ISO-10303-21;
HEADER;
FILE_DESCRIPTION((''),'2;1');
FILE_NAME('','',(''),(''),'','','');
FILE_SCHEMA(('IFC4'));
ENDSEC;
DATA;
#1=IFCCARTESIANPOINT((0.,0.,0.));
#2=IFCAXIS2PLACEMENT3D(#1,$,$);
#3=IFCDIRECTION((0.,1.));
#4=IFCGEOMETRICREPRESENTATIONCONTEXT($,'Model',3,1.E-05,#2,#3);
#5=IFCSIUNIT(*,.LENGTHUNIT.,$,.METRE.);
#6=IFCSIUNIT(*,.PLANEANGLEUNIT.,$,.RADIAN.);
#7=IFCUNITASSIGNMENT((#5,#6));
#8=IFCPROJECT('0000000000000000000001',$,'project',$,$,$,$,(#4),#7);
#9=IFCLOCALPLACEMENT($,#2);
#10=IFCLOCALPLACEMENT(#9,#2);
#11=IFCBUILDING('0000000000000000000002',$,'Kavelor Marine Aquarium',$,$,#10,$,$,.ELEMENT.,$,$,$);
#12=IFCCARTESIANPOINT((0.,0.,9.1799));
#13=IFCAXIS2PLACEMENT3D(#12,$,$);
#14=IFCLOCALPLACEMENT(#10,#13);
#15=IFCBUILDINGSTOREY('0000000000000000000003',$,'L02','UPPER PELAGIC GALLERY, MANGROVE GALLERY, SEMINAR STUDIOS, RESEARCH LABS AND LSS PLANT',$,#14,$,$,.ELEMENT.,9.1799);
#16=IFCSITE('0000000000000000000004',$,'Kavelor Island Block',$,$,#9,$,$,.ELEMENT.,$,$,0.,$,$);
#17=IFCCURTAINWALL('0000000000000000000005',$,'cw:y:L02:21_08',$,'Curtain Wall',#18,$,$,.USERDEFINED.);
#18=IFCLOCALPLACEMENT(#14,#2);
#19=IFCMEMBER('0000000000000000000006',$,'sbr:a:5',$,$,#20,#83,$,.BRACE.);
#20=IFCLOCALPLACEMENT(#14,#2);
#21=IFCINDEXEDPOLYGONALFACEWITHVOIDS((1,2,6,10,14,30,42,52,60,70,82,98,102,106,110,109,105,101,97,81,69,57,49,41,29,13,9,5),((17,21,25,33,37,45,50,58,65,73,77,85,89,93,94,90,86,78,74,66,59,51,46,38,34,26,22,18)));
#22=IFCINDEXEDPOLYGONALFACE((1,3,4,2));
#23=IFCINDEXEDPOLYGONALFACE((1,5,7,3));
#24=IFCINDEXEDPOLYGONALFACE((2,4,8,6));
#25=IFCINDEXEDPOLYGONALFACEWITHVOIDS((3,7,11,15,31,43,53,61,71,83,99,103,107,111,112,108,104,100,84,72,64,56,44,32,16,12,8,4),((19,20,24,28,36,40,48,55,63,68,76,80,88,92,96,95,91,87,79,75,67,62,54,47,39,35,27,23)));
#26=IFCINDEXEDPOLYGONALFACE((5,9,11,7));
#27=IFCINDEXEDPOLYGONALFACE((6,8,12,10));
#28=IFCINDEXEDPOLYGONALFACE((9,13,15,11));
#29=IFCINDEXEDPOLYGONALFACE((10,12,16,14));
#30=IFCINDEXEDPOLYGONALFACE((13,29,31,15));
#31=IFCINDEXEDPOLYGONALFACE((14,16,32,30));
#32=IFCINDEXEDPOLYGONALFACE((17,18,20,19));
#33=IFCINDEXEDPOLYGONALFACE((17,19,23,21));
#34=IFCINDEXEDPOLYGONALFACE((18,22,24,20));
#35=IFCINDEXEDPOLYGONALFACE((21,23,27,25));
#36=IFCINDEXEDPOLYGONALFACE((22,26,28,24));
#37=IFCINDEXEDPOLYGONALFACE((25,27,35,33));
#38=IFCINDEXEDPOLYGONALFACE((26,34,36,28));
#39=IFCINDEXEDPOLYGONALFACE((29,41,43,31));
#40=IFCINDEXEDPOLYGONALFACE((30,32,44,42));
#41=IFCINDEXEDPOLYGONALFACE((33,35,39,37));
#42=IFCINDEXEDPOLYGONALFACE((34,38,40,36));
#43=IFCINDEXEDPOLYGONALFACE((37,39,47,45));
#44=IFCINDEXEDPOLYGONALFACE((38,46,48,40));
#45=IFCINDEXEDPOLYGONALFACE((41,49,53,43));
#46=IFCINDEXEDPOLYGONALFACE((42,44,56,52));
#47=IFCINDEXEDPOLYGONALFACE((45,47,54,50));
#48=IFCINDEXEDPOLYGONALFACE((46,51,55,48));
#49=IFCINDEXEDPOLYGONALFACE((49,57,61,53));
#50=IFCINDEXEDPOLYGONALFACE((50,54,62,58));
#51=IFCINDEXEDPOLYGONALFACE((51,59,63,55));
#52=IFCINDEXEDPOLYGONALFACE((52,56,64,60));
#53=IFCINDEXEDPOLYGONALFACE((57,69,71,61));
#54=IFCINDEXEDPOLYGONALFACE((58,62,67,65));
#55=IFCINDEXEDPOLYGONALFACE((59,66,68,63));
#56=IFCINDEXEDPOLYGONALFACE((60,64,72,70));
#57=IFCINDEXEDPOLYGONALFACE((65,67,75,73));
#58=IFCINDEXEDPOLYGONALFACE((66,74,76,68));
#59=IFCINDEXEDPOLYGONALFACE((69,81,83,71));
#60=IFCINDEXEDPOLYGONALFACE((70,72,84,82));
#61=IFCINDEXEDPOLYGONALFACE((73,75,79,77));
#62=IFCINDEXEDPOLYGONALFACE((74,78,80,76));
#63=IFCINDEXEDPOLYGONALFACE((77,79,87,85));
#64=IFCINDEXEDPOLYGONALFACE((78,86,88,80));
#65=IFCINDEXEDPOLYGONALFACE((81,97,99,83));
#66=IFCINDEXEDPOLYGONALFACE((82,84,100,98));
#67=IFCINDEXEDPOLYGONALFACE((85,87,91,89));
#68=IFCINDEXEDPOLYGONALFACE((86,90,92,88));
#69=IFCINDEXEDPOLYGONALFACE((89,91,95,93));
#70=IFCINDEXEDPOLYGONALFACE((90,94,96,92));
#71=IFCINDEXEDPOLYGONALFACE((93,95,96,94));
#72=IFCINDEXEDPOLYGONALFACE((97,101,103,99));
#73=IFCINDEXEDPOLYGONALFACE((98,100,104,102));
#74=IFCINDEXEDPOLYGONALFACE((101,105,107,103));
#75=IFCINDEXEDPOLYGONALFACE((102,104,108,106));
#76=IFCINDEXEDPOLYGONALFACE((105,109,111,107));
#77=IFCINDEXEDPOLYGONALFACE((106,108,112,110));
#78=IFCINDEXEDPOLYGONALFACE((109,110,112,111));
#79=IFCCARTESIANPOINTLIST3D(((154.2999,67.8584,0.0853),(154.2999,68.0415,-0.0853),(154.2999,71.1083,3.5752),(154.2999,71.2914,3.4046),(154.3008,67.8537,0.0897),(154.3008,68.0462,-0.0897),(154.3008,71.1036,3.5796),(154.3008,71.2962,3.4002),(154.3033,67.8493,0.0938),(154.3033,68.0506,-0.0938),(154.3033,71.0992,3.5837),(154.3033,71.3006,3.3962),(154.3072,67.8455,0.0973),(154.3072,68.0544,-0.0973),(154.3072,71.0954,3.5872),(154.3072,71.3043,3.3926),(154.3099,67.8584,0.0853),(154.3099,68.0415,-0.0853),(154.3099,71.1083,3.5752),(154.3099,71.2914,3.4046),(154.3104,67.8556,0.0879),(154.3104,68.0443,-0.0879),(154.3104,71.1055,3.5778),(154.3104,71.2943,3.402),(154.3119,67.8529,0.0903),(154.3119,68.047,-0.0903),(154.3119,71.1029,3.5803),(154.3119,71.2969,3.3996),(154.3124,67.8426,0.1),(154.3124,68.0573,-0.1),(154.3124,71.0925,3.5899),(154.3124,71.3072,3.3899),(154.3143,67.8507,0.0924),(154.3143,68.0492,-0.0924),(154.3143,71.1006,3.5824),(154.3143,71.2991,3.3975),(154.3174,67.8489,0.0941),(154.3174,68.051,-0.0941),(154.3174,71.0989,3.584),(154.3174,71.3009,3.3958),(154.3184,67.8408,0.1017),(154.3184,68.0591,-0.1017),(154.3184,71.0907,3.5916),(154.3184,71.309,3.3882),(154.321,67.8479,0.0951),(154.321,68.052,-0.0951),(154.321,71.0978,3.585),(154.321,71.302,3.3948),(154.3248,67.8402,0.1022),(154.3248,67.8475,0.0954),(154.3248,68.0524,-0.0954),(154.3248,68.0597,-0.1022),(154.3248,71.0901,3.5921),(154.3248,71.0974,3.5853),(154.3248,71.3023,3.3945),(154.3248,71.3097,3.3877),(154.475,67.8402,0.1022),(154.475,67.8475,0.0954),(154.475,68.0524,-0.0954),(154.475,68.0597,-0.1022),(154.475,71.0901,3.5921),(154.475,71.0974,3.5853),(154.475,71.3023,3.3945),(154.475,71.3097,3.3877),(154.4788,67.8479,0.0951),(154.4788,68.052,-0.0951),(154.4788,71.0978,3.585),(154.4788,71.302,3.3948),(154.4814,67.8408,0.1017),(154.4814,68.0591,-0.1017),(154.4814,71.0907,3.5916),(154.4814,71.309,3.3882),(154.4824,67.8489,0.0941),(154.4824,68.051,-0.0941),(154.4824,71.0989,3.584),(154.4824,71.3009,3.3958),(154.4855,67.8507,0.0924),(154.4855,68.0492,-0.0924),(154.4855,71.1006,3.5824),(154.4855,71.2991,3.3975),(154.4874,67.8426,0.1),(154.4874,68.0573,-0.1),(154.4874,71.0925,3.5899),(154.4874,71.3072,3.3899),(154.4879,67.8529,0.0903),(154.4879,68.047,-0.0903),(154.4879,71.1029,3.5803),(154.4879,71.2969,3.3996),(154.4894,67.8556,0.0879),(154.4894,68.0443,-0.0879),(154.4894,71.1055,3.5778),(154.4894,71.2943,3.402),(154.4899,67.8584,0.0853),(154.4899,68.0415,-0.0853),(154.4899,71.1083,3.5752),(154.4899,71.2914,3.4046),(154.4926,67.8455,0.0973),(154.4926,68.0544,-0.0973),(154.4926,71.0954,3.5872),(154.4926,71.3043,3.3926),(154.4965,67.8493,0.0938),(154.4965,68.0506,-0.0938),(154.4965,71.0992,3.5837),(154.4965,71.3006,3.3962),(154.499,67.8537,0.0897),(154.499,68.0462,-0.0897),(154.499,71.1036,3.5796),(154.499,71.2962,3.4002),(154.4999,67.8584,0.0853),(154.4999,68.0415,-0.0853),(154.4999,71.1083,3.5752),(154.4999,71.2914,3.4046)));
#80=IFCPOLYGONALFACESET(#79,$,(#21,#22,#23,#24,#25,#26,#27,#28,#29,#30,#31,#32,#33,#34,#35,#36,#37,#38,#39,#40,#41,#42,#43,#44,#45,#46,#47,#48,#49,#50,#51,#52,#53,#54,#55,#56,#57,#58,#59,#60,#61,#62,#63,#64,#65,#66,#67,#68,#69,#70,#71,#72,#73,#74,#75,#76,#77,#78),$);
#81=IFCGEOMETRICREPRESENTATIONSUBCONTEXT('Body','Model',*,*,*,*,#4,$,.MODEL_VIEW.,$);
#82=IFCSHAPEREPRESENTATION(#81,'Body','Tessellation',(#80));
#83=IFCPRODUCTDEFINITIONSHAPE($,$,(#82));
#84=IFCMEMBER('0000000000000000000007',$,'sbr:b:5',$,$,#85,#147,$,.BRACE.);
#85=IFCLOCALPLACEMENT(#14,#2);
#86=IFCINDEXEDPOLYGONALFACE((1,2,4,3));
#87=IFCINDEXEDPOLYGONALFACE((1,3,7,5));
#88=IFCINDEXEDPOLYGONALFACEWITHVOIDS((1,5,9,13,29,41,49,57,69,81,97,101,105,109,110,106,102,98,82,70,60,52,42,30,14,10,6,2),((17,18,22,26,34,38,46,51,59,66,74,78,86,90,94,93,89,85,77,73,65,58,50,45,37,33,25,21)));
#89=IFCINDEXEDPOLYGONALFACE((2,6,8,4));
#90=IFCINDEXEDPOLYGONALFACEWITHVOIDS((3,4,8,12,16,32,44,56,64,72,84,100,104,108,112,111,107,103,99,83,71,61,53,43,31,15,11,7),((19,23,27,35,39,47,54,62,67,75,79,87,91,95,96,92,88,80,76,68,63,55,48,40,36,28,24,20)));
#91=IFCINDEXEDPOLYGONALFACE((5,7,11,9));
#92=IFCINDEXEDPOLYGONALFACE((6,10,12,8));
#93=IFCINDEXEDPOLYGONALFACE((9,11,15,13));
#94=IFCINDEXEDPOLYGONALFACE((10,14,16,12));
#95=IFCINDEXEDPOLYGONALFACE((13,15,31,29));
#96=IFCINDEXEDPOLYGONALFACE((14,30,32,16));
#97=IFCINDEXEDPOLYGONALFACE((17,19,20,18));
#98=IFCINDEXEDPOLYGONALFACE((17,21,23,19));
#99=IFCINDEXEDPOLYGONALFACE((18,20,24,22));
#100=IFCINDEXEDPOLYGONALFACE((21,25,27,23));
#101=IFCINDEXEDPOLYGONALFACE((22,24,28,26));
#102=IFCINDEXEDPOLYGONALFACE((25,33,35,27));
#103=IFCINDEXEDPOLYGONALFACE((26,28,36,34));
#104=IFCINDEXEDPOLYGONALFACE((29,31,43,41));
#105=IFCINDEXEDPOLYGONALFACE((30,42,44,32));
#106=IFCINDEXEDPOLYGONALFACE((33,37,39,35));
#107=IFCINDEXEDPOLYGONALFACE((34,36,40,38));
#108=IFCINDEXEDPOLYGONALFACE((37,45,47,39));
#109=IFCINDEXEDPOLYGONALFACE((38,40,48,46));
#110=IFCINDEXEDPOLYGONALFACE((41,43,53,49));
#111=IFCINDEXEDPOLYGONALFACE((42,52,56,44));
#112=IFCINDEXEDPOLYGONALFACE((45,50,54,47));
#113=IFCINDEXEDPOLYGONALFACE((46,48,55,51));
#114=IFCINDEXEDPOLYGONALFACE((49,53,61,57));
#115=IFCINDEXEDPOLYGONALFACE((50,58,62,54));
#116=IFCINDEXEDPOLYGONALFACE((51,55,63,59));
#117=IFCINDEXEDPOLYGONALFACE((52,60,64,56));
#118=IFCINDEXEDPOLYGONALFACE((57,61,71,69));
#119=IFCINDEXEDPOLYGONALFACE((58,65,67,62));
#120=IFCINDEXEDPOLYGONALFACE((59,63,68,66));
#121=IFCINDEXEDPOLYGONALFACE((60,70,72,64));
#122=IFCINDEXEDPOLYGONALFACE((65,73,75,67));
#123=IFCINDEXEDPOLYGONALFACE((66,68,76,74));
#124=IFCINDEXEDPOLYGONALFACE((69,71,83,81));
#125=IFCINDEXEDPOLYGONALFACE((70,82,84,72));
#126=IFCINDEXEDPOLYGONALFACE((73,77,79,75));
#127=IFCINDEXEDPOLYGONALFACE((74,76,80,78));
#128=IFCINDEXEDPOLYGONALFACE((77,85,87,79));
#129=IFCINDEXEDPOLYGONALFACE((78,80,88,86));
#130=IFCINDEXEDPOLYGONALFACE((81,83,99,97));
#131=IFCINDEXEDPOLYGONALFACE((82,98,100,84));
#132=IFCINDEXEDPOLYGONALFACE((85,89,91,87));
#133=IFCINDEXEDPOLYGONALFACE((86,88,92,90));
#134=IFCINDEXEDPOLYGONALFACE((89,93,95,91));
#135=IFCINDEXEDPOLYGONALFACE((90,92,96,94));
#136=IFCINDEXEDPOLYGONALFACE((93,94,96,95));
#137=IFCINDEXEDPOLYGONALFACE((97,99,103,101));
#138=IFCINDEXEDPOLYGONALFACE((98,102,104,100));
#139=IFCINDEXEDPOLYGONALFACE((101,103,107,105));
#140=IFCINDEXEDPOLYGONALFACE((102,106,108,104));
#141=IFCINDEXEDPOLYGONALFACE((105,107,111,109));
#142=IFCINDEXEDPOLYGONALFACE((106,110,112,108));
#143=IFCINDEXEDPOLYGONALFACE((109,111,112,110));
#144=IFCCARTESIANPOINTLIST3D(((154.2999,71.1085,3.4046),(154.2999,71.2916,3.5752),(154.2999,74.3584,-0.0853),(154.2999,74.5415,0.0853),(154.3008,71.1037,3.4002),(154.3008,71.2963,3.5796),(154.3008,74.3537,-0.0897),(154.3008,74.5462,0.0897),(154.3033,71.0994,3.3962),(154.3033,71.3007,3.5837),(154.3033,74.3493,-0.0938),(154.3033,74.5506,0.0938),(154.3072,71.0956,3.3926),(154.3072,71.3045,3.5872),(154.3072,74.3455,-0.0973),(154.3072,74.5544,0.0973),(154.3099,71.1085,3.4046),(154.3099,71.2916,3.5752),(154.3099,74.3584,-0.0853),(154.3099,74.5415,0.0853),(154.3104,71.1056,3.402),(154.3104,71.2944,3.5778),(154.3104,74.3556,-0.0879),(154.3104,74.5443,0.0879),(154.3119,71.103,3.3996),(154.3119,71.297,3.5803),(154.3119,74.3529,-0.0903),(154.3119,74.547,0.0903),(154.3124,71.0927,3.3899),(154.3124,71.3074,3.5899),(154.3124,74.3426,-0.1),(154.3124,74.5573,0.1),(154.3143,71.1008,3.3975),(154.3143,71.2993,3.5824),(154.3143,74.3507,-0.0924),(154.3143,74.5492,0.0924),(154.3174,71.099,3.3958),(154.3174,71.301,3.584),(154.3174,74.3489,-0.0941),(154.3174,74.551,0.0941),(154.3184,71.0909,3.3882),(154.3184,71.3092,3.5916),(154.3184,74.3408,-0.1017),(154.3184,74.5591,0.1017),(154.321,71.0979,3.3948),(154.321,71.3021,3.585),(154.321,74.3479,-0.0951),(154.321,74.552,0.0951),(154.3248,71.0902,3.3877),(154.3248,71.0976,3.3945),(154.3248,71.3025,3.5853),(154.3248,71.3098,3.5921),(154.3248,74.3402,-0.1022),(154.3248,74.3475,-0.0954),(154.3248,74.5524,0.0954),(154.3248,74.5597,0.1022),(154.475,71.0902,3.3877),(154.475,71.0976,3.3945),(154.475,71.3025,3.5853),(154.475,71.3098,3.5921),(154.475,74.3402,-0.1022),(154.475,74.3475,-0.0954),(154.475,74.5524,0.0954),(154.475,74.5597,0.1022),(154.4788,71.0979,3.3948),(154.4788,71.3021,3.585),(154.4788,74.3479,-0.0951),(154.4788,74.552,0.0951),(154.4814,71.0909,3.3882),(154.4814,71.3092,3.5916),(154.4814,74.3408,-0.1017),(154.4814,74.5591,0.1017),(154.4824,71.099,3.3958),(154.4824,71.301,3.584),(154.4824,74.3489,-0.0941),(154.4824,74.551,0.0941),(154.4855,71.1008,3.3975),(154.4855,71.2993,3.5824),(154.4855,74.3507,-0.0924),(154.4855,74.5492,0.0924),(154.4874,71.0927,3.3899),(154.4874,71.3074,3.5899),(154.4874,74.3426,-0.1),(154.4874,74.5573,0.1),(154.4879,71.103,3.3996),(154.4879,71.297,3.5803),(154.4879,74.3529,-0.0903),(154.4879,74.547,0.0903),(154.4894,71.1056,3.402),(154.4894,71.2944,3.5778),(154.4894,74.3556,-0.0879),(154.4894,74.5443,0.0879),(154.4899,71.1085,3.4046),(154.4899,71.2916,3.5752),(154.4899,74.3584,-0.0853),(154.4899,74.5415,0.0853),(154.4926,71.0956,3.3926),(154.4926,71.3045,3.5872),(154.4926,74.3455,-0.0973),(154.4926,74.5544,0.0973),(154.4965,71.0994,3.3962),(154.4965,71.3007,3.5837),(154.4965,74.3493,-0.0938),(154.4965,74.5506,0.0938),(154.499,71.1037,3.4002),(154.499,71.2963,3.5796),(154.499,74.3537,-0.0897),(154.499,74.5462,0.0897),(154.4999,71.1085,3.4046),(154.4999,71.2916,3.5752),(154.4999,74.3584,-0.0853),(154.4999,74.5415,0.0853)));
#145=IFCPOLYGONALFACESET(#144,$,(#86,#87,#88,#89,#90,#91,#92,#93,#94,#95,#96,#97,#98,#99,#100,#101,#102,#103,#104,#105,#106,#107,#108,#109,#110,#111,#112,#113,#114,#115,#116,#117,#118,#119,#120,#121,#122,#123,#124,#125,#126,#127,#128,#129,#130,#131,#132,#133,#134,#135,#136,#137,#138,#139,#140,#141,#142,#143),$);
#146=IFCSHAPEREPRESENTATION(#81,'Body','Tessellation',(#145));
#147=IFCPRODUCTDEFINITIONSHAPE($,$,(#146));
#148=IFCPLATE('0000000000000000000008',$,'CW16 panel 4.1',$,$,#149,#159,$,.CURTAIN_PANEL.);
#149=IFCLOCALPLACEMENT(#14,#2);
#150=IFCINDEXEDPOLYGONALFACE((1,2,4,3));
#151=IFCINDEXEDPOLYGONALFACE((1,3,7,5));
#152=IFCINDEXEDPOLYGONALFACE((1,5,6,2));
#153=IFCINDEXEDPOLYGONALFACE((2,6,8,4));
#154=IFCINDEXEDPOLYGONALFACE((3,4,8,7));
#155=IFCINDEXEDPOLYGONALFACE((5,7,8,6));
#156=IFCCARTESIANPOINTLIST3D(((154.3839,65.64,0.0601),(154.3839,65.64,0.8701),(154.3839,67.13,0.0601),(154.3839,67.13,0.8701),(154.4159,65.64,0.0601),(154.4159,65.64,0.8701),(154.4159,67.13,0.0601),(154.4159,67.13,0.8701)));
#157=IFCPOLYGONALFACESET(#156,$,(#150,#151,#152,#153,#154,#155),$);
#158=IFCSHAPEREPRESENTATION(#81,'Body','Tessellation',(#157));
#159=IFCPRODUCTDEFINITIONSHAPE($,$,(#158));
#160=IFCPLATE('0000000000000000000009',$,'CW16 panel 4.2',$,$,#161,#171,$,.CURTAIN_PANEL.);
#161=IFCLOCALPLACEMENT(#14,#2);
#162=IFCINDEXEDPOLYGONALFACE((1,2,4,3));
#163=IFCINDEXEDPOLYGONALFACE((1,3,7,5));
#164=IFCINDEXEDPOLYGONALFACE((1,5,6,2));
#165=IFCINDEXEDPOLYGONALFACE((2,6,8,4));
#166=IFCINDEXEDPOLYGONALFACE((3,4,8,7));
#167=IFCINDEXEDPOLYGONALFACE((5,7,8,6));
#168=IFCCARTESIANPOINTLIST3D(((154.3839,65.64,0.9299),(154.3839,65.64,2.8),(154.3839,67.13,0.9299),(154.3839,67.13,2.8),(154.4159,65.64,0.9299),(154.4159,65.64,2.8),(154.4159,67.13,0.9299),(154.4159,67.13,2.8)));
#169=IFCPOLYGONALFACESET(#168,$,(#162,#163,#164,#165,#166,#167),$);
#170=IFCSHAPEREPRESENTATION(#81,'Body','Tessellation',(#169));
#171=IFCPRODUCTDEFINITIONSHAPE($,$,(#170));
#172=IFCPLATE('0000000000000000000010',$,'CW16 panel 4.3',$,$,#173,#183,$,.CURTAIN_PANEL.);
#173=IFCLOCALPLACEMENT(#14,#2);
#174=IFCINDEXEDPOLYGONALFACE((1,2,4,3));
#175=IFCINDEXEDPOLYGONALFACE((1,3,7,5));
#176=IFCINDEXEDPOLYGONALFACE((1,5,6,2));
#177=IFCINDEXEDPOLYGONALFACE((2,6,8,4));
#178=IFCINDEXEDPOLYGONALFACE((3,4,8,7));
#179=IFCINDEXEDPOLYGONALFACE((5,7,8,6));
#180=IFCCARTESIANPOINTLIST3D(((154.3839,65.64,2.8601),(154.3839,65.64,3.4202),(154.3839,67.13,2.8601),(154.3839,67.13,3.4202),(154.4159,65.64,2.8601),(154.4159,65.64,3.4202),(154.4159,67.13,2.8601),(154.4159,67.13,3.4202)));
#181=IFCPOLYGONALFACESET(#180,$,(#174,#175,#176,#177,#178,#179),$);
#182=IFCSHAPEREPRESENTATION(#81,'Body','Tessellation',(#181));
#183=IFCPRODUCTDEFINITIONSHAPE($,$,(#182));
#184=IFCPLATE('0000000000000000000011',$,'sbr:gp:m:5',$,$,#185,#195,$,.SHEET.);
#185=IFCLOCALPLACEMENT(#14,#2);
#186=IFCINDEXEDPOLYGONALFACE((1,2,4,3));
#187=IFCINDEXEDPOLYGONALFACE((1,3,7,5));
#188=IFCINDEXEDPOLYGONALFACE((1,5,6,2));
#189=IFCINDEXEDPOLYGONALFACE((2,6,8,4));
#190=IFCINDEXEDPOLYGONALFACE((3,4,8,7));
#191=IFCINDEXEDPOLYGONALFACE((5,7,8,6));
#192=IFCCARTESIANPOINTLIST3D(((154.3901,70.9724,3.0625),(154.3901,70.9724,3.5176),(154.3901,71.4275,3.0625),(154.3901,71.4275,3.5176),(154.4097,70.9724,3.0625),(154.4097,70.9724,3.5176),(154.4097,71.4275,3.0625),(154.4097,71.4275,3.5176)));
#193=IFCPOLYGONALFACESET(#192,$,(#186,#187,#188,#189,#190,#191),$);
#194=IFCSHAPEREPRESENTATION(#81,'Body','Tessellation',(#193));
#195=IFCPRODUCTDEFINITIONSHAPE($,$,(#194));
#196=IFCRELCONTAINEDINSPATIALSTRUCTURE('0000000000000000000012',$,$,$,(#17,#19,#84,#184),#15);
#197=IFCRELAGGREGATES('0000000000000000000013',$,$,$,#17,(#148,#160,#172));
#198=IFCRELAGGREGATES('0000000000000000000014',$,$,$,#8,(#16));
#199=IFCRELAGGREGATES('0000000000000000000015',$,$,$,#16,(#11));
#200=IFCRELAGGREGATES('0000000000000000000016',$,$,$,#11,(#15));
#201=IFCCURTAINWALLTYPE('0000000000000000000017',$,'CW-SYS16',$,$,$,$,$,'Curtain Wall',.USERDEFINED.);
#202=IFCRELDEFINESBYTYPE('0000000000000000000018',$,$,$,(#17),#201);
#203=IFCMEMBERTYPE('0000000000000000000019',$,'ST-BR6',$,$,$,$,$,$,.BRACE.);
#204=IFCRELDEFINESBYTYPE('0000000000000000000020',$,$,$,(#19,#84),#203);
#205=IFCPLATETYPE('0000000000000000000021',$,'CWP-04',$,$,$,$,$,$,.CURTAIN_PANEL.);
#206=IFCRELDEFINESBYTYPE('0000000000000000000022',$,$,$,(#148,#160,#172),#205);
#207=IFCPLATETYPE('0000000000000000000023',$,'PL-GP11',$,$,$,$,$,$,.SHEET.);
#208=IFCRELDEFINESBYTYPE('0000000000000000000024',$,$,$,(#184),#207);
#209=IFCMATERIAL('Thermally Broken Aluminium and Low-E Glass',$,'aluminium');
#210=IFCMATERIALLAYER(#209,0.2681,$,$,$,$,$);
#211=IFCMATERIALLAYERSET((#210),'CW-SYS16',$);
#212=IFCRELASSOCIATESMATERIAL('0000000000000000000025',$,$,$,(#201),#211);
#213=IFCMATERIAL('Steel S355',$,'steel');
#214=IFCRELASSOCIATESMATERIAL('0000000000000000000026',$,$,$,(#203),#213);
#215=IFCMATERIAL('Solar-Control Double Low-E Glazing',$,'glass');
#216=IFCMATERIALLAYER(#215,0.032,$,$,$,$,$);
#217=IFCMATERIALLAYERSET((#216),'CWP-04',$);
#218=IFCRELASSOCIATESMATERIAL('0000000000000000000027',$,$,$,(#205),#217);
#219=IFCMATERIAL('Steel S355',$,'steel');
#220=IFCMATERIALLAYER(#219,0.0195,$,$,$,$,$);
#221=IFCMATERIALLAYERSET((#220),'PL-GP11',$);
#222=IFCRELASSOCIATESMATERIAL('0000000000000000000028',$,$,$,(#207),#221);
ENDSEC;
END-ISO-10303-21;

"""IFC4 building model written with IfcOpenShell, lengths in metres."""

from ifc_helpers import new_model, si_unit, direction, frame, origin, origin_2d, place, context, subcontext, project, spatial, rectangle, hollow_rectangle, extrude, material, layer, layer_set, material_profile, profile_set, type_object, element, aggregate, save


model = new_model("IFC4")

# Units and contexts
model_context = context("Model", 3, precision=1e-05, world=origin(), true_north=direction((0.0, 1.0)))
body_context = subcontext(model_context, "Body", "Model", "MODEL_VIEW")
ifc_project = project(units=[si_unit("LENGTHUNIT", "METRE"), si_unit("PLANEANGLEUNIT", "RADIAN")], contexts=[model_context])

# Site, building, storey
site_placement = place(None, origin())
site = spatial("IfcSite", under=ifc_project, at=site_placement, Name="Kavelor Island Block", CompositionType="ELEMENT", RefElevation=0.0)
building_placement = place(site_placement, origin())
building = spatial("IfcBuilding", under=site, at=building_placement, Name="Kavelor Marine Aquarium", CompositionType="ELEMENT")
storey_placement = place(building_placement, frame((0.0, 0.0, 9.1799)))
storey = spatial("IfcBuildingStorey", under=building, at=storey_placement, Name="L02", Description="UPPER PELAGIC GALLERY, MANGROVE GALLERY, SEMINAR STUDIOS, RESEARCH LABS AND LSS PLANT", CompositionType="ELEMENT", Elevation=9.1799)

# Curtain wall
ifc_material_1 = material(Name="Thermally Broken Aluminium and Low-E Glass", Category="aluminium")
ifc_layer_1 = layer(ifc_material_1, 0.2681)
ifc_layer_set_1 = layer_set([ifc_layer_1], Name="CW-SYS16")
curtain_wall_type_1 = type_object("IfcCurtainWallType", Name="CW-SYS16", ElementType="Curtain Wall", PredefinedType="USERDEFINED", material=ifc_layer_set_1)
curtain_wall_1_placement = place(storey_placement, origin())
curtain_wall_1 = element("IfcCurtainWall", 1, at=curtain_wall_1_placement, inside=storey, type_object=curtain_wall_type_1, Name="cw:y:L02:21_08", ObjectType="Curtain Wall", PredefinedType="USERDEFINED")

# Members
ifc_material_2 = material(Name="Steel S355", Category="steel")
ifc_material_profile_1 = material_profile(ifc_material_2, hollow_rectangle(XDim=0.2, YDim=0.3, WallThickness=0.01, InnerFilletRadius=0.0149, OuterFilletRadius=0.0249, at=origin_2d()), Name="RHS 300x200x10.0")
ifc_profile_set_1 = profile_set([ifc_material_profile_1], Name="Steel S355")
member_type_1 = type_object("IfcMemberType", Name="ST-BR6", PredefinedType="BRACE", material=ifc_profile_set_1)
for number, where, z_axis, x_axis, name in (
    (2, (154.3999, 67.95, 0.0), (0.0, 0.681497, 0.731821), (-1.0, 0.0, 0.0), "sbr:a:5"),
    (3, (154.3999, 74.45, 0.0), (0.0, -0.681497, 0.731821), (1.0, 0.0, 0.0), "sbr:b:5"),
):
    element("IfcMember", number, at=place(storey_placement, frame(where, z_axis=z_axis, x_axis=x_axis)), inside=storey, type_object=member_type_1, Name=name, PredefinedType="BRACE", context=body_context, shape_type="SweptSolid", body=[
        extrude(hollow_rectangle(XDim=0.2, YDim=0.3, WallThickness=0.01, InnerFilletRadius=0.0149, OuterFilletRadius=0.0249, at=origin_2d()), origin(), (0.0, 0.0, 1.0), 4.7688),
    ])

# Plates
ifc_material_3 = material(Name="Solar-Control Double Low-E Glazing", Category="glass")
ifc_layer_2 = layer(ifc_material_3, 0.032)
ifc_layer_set_2 = layer_set([ifc_layer_2], Name="CWP-04")
plate_type_1 = type_object("IfcPlateType", Name="CWP-04", PredefinedType="CURTAIN_PANEL", material=ifc_layer_set_2)
plate_1_placement = place(storey_placement, frame((154.3999, 66.385, 0.0601), z_axis=(0.0, 0.0, 1.0), x_axis=(0.0, 1.0, 0.0)))
plate_1 = element("IfcPlate", 4, at=plate_1_placement, type_object=plate_type_1, Name="CW16 panel 4.1", PredefinedType="CURTAIN_PANEL", context=body_context, shape_type="SweptSolid", body=[
    extrude(rectangle(XDim=1.49, YDim=0.032, at=origin_2d()), origin(), (0.0, 0.0, 1.0), 0.8101),
])
plate_2_placement = place(storey_placement, frame((154.3999, 66.385, 0.9299), z_axis=(0.0, 0.0, 1.0), x_axis=(0.0, 1.0, 0.0)))
plate_2 = element("IfcPlate", 5, at=plate_2_placement, type_object=plate_type_1, Name="CW16 panel 4.2", PredefinedType="CURTAIN_PANEL", context=body_context, shape_type="SweptSolid", body=[
    extrude(rectangle(XDim=1.49, YDim=0.032, at=origin_2d()), origin(), (0.0, 0.0, 1.0), 1.8701),
])
plate_3_placement = place(storey_placement, frame((154.3999, 66.385, 2.8601), z_axis=(0.0, 0.0, 1.0), x_axis=(0.0, 1.0, 0.0)))
plate_3 = element("IfcPlate", 6, at=plate_3_placement, type_object=plate_type_1, Name="CW16 panel 4.3", PredefinedType="CURTAIN_PANEL", context=body_context, shape_type="SweptSolid", body=[
    extrude(rectangle(XDim=1.49, YDim=0.032, at=origin_2d()), origin(), (0.0, 0.0, 1.0), 0.5601),
])
aggregate(curtain_wall_1, [plate_1, plate_2, plate_3])

# Plate
ifc_material_4 = material(Name="Steel S355", Category="steel")
ifc_layer_3 = layer(ifc_material_4, 0.0195)
ifc_layer_set_3 = layer_set([ifc_layer_3], Name="PL-GP11")
plate_type_2 = type_object("IfcPlateType", Name="PL-GP11", PredefinedType="SHEET", material=ifc_layer_set_3)
plate_4_placement = place(storey_placement, frame((154.3999, 71.2, 3.0625), z_axis=(0.0, 0.0, 1.0), x_axis=(1.0, 0.0, 0.0)))
element("IfcPlate", 7, at=plate_4_placement, inside=storey, type_object=plate_type_2, Name="sbr:gp:m:5", PredefinedType="SHEET", context=body_context, shape_type="SweptSolid", body=[
    extrude(rectangle(XDim=0.0195, YDim=0.4551, at=origin_2d()), origin(), (0.0, 0.0, 1.0), 0.4551),
])

save(model, "model.ifc")
